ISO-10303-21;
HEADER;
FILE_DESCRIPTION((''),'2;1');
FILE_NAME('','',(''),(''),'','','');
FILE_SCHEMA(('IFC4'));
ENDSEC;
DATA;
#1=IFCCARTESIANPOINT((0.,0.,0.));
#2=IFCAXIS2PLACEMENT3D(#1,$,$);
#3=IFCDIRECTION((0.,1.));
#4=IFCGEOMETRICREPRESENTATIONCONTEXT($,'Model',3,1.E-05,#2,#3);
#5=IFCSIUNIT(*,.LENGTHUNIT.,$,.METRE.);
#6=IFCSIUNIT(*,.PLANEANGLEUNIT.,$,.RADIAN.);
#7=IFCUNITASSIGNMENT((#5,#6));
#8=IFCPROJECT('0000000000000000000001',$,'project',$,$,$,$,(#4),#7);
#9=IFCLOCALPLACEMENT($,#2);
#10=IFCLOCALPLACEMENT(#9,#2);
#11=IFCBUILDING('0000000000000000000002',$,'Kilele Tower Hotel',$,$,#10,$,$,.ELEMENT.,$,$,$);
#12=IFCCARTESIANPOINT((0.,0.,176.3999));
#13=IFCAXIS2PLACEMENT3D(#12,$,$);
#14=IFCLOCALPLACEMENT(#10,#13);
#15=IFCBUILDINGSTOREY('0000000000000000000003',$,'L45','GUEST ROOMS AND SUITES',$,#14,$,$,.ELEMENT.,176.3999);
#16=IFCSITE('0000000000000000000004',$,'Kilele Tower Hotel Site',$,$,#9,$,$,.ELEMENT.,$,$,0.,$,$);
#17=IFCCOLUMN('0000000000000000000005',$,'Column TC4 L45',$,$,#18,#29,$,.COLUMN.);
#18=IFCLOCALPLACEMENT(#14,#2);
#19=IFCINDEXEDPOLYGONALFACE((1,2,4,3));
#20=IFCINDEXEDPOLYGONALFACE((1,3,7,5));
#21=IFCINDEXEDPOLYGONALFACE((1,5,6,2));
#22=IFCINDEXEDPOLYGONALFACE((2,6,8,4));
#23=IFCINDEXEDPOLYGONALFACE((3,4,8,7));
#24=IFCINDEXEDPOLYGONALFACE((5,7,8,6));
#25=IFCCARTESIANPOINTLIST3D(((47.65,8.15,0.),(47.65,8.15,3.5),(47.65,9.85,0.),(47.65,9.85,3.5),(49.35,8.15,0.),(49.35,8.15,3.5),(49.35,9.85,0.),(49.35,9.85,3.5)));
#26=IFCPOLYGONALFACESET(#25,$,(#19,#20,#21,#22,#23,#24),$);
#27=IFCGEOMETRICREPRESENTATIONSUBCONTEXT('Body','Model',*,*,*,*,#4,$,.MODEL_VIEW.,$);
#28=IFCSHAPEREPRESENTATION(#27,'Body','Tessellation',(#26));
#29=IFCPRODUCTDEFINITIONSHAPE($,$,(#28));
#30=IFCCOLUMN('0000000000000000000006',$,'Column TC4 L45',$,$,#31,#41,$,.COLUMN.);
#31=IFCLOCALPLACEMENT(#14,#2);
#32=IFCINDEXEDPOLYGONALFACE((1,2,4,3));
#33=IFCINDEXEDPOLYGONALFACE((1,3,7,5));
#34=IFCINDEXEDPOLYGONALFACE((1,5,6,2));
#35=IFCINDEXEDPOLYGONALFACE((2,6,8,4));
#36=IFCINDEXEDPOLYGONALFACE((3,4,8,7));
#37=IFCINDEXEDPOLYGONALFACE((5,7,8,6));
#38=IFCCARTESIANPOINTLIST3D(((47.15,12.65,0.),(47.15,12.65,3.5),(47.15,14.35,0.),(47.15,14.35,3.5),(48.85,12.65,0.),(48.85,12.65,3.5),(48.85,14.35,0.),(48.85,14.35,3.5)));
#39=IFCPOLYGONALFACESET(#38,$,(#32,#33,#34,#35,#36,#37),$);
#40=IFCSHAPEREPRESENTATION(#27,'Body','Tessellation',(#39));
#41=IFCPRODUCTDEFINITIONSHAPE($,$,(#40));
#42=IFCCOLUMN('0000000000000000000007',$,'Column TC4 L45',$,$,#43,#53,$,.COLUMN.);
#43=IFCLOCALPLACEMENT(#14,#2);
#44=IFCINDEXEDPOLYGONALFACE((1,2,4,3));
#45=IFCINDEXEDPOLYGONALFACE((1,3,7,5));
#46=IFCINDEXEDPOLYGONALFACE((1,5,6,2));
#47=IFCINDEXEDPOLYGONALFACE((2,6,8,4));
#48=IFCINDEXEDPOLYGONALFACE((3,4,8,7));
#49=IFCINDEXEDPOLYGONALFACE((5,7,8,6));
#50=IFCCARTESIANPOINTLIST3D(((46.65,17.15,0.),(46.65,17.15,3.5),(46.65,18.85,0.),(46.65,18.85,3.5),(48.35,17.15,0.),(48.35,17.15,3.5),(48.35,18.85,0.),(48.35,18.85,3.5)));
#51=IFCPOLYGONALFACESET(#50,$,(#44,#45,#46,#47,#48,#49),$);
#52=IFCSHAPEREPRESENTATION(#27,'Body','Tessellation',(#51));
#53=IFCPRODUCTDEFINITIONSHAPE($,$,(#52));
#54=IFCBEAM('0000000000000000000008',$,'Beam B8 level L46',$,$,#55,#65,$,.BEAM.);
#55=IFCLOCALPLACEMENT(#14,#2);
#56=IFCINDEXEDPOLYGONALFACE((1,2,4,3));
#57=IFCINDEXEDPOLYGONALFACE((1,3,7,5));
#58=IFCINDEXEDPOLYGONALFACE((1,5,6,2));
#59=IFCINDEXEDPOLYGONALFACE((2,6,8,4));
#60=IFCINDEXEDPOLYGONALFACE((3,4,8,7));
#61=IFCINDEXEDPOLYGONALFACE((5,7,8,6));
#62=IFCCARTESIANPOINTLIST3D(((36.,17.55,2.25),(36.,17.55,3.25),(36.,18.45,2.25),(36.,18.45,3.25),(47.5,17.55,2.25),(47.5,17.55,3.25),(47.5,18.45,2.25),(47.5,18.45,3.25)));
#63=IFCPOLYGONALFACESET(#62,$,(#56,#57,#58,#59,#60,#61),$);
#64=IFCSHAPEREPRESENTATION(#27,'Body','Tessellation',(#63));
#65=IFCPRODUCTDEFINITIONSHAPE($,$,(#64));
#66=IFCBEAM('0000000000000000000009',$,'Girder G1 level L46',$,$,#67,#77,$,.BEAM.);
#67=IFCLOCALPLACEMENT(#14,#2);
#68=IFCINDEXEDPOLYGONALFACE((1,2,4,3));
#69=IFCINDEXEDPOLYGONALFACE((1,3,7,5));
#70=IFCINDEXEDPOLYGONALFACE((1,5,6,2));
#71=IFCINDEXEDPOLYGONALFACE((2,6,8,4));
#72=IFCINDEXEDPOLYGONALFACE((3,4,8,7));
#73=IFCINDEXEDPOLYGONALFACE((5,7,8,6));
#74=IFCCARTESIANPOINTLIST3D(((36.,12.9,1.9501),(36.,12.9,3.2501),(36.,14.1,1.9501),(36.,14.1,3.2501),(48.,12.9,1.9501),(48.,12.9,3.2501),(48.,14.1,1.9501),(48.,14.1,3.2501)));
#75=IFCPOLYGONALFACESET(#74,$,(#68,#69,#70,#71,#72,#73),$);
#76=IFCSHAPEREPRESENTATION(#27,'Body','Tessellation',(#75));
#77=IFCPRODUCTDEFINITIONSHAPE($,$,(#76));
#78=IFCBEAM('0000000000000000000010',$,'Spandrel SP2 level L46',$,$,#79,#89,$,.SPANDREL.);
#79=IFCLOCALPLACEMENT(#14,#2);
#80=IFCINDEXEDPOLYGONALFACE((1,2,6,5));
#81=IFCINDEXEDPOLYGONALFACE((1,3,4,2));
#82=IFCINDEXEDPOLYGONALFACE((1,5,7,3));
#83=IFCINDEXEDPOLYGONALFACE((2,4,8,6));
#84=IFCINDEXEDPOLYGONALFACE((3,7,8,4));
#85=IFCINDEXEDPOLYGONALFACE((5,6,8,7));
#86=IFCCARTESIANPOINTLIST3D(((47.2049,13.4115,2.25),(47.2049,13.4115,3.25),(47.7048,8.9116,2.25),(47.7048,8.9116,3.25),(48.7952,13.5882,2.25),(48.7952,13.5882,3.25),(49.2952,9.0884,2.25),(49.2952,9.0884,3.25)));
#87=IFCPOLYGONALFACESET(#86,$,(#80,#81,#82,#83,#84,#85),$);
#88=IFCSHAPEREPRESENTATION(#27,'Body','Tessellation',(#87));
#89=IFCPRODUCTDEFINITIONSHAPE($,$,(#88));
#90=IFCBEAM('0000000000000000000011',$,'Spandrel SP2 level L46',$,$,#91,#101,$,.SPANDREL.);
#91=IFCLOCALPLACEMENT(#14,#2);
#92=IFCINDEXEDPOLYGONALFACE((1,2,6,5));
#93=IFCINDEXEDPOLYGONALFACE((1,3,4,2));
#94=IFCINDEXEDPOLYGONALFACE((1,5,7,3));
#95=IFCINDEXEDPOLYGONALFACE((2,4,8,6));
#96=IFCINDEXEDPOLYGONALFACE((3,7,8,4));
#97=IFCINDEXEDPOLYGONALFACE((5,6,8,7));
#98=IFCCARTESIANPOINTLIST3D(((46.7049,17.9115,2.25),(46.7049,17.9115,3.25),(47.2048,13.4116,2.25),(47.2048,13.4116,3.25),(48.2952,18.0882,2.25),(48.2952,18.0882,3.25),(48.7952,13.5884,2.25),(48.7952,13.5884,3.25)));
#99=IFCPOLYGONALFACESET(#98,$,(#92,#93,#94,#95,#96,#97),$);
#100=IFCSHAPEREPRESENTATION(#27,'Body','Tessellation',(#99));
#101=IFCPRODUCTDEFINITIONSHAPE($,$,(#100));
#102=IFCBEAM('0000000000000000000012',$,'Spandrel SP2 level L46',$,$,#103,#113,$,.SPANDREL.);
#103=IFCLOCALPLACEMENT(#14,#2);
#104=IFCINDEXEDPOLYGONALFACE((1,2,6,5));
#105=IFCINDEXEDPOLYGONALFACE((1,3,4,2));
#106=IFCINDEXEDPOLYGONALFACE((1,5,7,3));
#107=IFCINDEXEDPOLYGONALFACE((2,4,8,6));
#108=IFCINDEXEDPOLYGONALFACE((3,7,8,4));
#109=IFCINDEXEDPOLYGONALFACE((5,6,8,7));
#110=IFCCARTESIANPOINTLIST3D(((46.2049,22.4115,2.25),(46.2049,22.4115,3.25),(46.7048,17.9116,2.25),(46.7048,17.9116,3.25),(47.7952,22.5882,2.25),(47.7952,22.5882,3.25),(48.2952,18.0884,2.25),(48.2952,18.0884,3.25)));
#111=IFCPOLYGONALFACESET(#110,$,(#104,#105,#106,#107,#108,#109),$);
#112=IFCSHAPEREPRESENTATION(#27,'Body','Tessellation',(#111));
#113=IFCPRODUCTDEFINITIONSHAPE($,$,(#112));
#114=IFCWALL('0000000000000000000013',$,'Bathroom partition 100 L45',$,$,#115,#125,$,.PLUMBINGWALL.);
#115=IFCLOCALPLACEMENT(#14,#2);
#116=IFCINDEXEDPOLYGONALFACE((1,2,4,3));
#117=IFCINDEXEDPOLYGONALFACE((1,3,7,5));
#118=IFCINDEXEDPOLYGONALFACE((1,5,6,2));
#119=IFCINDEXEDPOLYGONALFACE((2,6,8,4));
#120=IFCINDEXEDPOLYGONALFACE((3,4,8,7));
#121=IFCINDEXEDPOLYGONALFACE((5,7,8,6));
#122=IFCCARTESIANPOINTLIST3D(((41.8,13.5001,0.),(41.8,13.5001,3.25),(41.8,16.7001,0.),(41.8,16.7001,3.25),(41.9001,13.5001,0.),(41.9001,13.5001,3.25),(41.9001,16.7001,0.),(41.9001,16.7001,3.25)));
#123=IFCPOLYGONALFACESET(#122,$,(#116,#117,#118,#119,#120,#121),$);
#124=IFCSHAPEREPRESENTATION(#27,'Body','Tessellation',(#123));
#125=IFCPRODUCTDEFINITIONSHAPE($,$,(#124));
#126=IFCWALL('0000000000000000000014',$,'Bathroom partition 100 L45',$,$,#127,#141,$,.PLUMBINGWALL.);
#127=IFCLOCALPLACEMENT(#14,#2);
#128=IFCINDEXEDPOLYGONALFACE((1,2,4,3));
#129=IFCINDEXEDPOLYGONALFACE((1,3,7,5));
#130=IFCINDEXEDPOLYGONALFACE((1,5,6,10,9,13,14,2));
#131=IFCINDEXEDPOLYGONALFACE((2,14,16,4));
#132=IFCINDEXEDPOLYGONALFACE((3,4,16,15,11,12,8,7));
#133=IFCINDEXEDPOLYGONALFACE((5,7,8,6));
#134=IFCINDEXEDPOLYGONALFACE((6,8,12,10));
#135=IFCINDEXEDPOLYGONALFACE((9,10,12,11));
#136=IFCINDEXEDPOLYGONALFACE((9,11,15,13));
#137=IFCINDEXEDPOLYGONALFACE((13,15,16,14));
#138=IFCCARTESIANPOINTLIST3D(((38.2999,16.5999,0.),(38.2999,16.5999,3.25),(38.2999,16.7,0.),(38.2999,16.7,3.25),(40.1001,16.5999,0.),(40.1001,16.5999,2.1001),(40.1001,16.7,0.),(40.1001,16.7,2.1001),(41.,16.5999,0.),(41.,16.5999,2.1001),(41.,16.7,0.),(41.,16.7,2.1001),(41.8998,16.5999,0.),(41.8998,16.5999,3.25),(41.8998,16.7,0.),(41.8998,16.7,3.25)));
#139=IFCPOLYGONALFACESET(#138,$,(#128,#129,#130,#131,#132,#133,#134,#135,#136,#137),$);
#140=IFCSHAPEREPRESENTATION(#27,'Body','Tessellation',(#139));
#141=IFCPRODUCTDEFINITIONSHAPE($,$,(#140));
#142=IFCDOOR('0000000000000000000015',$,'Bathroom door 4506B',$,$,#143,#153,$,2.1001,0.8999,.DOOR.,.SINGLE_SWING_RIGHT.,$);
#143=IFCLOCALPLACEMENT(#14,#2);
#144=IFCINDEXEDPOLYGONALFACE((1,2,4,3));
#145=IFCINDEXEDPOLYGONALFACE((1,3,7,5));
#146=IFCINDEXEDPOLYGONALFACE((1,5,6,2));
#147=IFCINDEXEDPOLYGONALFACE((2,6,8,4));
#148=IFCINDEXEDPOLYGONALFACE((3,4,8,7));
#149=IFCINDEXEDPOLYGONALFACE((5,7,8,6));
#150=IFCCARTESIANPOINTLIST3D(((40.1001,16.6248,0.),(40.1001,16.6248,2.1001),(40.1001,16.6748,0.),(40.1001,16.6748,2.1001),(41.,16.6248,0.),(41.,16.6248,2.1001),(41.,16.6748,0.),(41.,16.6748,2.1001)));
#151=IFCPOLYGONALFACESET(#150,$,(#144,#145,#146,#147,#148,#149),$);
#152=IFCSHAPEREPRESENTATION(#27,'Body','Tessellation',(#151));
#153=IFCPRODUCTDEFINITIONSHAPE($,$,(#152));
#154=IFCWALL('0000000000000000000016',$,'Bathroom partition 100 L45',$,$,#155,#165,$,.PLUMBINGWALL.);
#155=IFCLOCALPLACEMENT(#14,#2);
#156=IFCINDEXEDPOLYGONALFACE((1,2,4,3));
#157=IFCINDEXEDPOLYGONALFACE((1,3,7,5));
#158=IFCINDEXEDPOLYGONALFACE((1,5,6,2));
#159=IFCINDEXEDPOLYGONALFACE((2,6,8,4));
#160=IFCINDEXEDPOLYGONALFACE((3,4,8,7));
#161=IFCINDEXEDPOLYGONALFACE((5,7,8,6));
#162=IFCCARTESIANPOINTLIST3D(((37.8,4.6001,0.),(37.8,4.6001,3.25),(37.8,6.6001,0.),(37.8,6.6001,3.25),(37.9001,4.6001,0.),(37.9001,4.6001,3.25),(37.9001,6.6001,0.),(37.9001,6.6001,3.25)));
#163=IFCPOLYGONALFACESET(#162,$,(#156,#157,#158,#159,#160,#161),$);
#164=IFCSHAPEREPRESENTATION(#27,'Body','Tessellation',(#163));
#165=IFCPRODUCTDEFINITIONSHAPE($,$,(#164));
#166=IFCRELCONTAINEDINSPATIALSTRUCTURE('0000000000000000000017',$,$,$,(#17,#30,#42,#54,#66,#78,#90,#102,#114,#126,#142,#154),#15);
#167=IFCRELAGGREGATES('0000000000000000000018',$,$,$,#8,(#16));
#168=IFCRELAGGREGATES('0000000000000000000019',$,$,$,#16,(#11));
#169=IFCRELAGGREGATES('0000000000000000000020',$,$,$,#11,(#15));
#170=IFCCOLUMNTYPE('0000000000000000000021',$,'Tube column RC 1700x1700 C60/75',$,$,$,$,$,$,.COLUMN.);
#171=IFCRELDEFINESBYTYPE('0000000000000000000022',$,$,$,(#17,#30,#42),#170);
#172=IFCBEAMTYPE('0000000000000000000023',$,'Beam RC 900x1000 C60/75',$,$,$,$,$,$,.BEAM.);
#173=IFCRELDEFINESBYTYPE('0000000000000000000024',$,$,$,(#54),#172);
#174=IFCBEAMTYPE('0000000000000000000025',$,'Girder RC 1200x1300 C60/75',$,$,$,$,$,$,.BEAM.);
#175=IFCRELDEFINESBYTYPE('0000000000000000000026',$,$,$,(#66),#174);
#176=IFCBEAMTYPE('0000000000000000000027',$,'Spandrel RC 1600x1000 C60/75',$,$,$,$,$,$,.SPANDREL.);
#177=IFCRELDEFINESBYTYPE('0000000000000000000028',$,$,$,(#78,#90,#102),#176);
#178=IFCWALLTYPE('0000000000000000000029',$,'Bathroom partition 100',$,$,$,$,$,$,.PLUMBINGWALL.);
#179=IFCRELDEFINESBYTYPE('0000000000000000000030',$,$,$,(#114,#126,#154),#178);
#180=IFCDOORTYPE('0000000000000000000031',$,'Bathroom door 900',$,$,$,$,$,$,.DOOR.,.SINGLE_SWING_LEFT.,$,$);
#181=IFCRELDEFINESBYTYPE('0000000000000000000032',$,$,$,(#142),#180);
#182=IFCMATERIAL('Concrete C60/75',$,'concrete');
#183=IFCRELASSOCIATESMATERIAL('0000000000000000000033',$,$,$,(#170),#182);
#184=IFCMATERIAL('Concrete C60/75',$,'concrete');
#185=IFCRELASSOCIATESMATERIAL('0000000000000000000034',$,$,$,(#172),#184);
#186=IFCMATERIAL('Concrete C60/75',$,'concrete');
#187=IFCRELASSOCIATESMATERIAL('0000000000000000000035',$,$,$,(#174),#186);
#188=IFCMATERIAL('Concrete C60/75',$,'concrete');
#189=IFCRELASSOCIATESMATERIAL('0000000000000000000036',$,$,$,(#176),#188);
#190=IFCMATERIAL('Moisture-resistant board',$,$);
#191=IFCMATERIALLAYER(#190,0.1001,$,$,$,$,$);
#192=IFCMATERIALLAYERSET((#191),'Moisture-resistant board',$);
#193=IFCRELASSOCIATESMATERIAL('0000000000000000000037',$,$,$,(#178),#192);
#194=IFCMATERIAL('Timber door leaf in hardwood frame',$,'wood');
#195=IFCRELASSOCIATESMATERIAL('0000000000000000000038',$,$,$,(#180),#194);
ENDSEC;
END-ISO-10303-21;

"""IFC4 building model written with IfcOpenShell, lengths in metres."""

from ifc_helpers import new_model, si_unit, direction, frame, frame_2d, origin, origin_2d, place, context, subcontext, project, spatial, rectangle, extrude, material, layer, layer_set, material_profile, profile_set, type_object, element, fill, save


model = new_model("IFC4")

# Units and contexts
model_context = context("Model", 3, precision=1e-05, world=origin(), true_north=direction((0.0, 1.0)))
body_context = subcontext(model_context, "Body", "Model", "MODEL_VIEW")
ifc_project = project(units=[si_unit("LENGTHUNIT", "METRE"), si_unit("PLANEANGLEUNIT", "RADIAN")], contexts=[model_context])

# Site, building, storey
site_placement = place(None, origin())
site = spatial("IfcSite", under=ifc_project, at=site_placement, Name="Kilele Tower Hotel Site", CompositionType="ELEMENT", RefElevation=0.0)
building_placement = place(site_placement, origin())
building = spatial("IfcBuilding", under=site, at=building_placement, Name="Kilele Tower Hotel", CompositionType="ELEMENT")
storey_placement = place(building_placement, frame((0.0, 0.0, 176.3999)))
storey = spatial("IfcBuildingStorey", under=building, at=storey_placement, Name="L45", Description="GUEST ROOMS AND SUITES", CompositionType="ELEMENT", Elevation=176.3999)

# Columns
ifc_material_1 = material(Name="Concrete C60/75", Category="concrete")
ifc_material_profile_1 = material_profile(ifc_material_1, rectangle(XDim=1.7, YDim=1.7, at=origin_2d()))
ifc_profile_set_1 = profile_set([ifc_material_profile_1], Name="Concrete C60/75")
column_type = type_object("IfcColumnType", Name="Tube column RC 1700x1700 C60/75", PredefinedType="COLUMN", material=ifc_profile_set_1)
for number, where, z_axis, x_axis, name in (
    (1, (48.5, 9.0, 0.0), (0.0, 0.0, 1.0), (1.0, 0.0, 0.0), "Column TC4 L45"),
    (2, (48.0, 13.5, 0.0), (0.0, 0.0, 1.0), (1.0, 0.0, 0.0), "Column TC4 L45"),
    (3, (47.5, 18.0, 0.0), (0.0, 0.0, 1.0), (1.0, 0.0, 0.0), "Column TC4 L45"),
):
    element("IfcColumn", number, at=place(storey_placement, frame(where, z_axis=z_axis, x_axis=x_axis)), inside=storey, type_object=column_type, Name=name, PredefinedType="COLUMN", context=body_context, shape_type="SweptSolid", body=[
        extrude(rectangle(XDim=1.7, YDim=1.7, at=origin_2d()), origin(), (0.0, 0.0, 1.0), 3.5),
    ])

# Beams
ifc_material_2 = material(Name="Concrete C60/75", Category="concrete")
ifc_material_profile_2 = material_profile(ifc_material_2, rectangle(XDim=0.8999, YDim=1.0, at=origin_2d()))
ifc_profile_set_2 = profile_set([ifc_material_profile_2], Name="Concrete C60/75")
beam_type_1 = type_object("IfcBeamType", Name="Beam RC 900x1000 C60/75", PredefinedType="BEAM", material=ifc_profile_set_2)
beam_1_placement = place(storey_placement, frame((47.5, 18.0, 2.75), z_axis=(-1.0, 0.0, 0.0), x_axis=(0.0, -1.0, 0.0)))
element("IfcBeam", 4, at=beam_1_placement, inside=storey, type_object=beam_type_1, Name="Beam B8 level L46", PredefinedType="BEAM", context=body_context, shape_type="SweptSolid", body=[
    extrude(rectangle(XDim=0.8999, YDim=1.0, at=origin_2d()), origin(), (0.0, 0.0, 1.0), 11.5),
])
ifc_material_3 = material(Name="Concrete C60/75", Category="concrete")
ifc_material_profile_3 = material_profile(ifc_material_3, rectangle(XDim=1.2, YDim=1.3, at=origin_2d()))
ifc_profile_set_3 = profile_set([ifc_material_profile_3], Name="Concrete C60/75")
beam_type_2 = type_object("IfcBeamType", Name="Girder RC 1200x1300 C60/75", PredefinedType="BEAM", material=ifc_profile_set_3)
beam_2_placement = place(storey_placement, frame((48.0, 13.5, 2.6001), z_axis=(-1.0, 0.0, 0.0), x_axis=(0.0, -1.0, 0.0)))
element("IfcBeam", 5, at=beam_2_placement, inside=storey, type_object=beam_type_2, Name="Girder G1 level L46", PredefinedType="BEAM", context=body_context, shape_type="SweptSolid", body=[
    extrude(rectangle(XDim=1.2, YDim=1.3, at=origin_2d()), origin(), (0.0, 0.0, 1.0), 12.0),
])
ifc_material_4 = material(Name="Concrete C60/75", Category="concrete")
ifc_material_profile_4 = material_profile(ifc_material_4, rectangle(XDim=1.6001, YDim=1.0, at=origin_2d()))
ifc_profile_set_4 = profile_set([ifc_material_profile_4], Name="Concrete C60/75")
beam_type_3 = type_object("IfcBeamType", Name="Spandrel RC 1600x1000 C60/75", PredefinedType="SPANDREL", material=ifc_profile_set_4)
for number, where, z_axis, x_axis, name in (
    (6, (48.5, 9.0, 2.75), (-0.110432, 0.993884, 0.0), (-0.993884, -0.110432, 0.0), "Spandrel SP2 level L46"),
    (7, (48.0, 13.5, 2.75), (-0.110432, 0.993884, 0.0), (-0.993884, -0.110432, 0.0), "Spandrel SP2 level L46"),
    (8, (47.5, 18.0, 2.75), (-0.110432, 0.993884, 0.0), (-0.993884, -0.110432, 0.0), "Spandrel SP2 level L46"),
):
    element("IfcBeam", number, at=place(storey_placement, frame(where, z_axis=z_axis, x_axis=x_axis)), inside=storey, type_object=beam_type_3, Name=name, PredefinedType="SPANDREL", context=body_context, shape_type="SweptSolid", body=[
        extrude(rectangle(XDim=1.6001, YDim=1.0, at=origin_2d()), origin(), (0.0, 0.0, 1.0), 4.5276),
    ])

# Wall
ifc_material_5 = material(Name="Moisture-resistant board")
ifc_layer_1 = layer(ifc_material_5, 0.1001)
ifc_layer_set_1 = layer_set([ifc_layer_1], Name="Moisture-resistant board")
wall_type_1 = type_object("IfcWallType", Name="Bathroom partition 100", PredefinedType="PLUMBINGWALL", material=ifc_layer_set_1)
wall_1_placement = place(storey_placement, frame((41.8501, 13.5, 0.0), z_axis=(0.0, 0.0, 1.0), x_axis=(0.0, 1.0, 0.0)))
element("IfcWall", 9, at=wall_1_placement, inside=storey, type_object=wall_type_1, Name="Bathroom partition 100 L45", PredefinedType="PLUMBINGWALL", context=body_context, shape_type="SweptSolid", body=[
    extrude(rectangle(XDim=3.2, YDim=0.1001, at=frame_2d((1.6001, 0.0))), origin(), (0.0, 0.0, 1.0), 3.25),
])

# Wall, opening, door
wall_2_placement = place(storey_placement, frame((38.3, 16.6499, 0.0), z_axis=(0.0, 0.0, 1.0), x_axis=(1.0, 0.0, 0.0)))
wall_2 = element("IfcWall", 10, at=wall_2_placement, inside=storey, type_object=wall_type_1, Name="Bathroom partition 100 L45", PredefinedType="PLUMBINGWALL", context=body_context, shape_type="SweptSolid", body=[
    extrude(rectangle(XDim=3.5999, YDim=0.1001, at=frame_2d((1.7998, 0.0))), origin(), (0.0, 0.0, 1.0), 3.25),
])
opening_1_placement = place(wall_2_placement, frame((1.8, 0.0, 0.0)))
opening_1 = element("IfcOpeningElement", 11, at=opening_1_placement, cuts=wall_2, PredefinedType="OPENING", context=body_context, shape_type="SweptSolid", body=[
    extrude(rectangle(XDim=0.8999, YDim=2.1001, at=frame_2d((0.45, 1.05))), frame((0.0, 0.0601, 0.0), z_axis=(0.0, -1.0, 0.0), x_axis=(1.0, 0.0, 0.0)), (0.0, 0.0, 1.0), 0.1201),
])
ifc_material_6 = material(Name="Timber door leaf in hardwood frame", Category="wood")
door_type_1 = type_object("IfcDoorType", Name="Bathroom door 900", OperationType="SINGLE_SWING_LEFT", PredefinedType="DOOR", material=ifc_material_6)
door_1_placement = place(opening_1_placement, origin())
door_1 = element("IfcDoor", 12, at=door_1_placement, inside=storey, type_object=door_type_1, Name="Bathroom door 4506B", OperationType="SINGLE_SWING_RIGHT", OverallHeight=2.1001, OverallWidth=0.8999, PredefinedType="DOOR", context=body_context, shape_type="SweptSolid", body=[
    extrude(rectangle(XDim=0.8999, YDim=2.1001, at=frame_2d((0.45, 1.05))), frame((0.0, 0.0249, 0.0), z_axis=(0.0, -1.0, 0.0), x_axis=(1.0, 0.0, 0.0)), (0.0, 0.0, 1.0), 0.05),
])
fill(opening_1, door_1)

# Wall
wall_3_placement = place(storey_placement, frame((37.8501, 4.6001, 0.0), z_axis=(0.0, 0.0, 1.0), x_axis=(0.0, 1.0, 0.0)))
element("IfcWall", 13, at=wall_3_placement, inside=storey, type_object=wall_type_1, Name="Bathroom partition 100 L45", PredefinedType="PLUMBINGWALL", context=body_context, shape_type="SweptSolid", body=[
    extrude(rectangle(XDim=2.0, YDim=0.1001, at=frame_2d((1.0, 0.0))), origin(), (0.0, 0.0, 1.0), 3.25),
])

save(model, "model.ifc")
